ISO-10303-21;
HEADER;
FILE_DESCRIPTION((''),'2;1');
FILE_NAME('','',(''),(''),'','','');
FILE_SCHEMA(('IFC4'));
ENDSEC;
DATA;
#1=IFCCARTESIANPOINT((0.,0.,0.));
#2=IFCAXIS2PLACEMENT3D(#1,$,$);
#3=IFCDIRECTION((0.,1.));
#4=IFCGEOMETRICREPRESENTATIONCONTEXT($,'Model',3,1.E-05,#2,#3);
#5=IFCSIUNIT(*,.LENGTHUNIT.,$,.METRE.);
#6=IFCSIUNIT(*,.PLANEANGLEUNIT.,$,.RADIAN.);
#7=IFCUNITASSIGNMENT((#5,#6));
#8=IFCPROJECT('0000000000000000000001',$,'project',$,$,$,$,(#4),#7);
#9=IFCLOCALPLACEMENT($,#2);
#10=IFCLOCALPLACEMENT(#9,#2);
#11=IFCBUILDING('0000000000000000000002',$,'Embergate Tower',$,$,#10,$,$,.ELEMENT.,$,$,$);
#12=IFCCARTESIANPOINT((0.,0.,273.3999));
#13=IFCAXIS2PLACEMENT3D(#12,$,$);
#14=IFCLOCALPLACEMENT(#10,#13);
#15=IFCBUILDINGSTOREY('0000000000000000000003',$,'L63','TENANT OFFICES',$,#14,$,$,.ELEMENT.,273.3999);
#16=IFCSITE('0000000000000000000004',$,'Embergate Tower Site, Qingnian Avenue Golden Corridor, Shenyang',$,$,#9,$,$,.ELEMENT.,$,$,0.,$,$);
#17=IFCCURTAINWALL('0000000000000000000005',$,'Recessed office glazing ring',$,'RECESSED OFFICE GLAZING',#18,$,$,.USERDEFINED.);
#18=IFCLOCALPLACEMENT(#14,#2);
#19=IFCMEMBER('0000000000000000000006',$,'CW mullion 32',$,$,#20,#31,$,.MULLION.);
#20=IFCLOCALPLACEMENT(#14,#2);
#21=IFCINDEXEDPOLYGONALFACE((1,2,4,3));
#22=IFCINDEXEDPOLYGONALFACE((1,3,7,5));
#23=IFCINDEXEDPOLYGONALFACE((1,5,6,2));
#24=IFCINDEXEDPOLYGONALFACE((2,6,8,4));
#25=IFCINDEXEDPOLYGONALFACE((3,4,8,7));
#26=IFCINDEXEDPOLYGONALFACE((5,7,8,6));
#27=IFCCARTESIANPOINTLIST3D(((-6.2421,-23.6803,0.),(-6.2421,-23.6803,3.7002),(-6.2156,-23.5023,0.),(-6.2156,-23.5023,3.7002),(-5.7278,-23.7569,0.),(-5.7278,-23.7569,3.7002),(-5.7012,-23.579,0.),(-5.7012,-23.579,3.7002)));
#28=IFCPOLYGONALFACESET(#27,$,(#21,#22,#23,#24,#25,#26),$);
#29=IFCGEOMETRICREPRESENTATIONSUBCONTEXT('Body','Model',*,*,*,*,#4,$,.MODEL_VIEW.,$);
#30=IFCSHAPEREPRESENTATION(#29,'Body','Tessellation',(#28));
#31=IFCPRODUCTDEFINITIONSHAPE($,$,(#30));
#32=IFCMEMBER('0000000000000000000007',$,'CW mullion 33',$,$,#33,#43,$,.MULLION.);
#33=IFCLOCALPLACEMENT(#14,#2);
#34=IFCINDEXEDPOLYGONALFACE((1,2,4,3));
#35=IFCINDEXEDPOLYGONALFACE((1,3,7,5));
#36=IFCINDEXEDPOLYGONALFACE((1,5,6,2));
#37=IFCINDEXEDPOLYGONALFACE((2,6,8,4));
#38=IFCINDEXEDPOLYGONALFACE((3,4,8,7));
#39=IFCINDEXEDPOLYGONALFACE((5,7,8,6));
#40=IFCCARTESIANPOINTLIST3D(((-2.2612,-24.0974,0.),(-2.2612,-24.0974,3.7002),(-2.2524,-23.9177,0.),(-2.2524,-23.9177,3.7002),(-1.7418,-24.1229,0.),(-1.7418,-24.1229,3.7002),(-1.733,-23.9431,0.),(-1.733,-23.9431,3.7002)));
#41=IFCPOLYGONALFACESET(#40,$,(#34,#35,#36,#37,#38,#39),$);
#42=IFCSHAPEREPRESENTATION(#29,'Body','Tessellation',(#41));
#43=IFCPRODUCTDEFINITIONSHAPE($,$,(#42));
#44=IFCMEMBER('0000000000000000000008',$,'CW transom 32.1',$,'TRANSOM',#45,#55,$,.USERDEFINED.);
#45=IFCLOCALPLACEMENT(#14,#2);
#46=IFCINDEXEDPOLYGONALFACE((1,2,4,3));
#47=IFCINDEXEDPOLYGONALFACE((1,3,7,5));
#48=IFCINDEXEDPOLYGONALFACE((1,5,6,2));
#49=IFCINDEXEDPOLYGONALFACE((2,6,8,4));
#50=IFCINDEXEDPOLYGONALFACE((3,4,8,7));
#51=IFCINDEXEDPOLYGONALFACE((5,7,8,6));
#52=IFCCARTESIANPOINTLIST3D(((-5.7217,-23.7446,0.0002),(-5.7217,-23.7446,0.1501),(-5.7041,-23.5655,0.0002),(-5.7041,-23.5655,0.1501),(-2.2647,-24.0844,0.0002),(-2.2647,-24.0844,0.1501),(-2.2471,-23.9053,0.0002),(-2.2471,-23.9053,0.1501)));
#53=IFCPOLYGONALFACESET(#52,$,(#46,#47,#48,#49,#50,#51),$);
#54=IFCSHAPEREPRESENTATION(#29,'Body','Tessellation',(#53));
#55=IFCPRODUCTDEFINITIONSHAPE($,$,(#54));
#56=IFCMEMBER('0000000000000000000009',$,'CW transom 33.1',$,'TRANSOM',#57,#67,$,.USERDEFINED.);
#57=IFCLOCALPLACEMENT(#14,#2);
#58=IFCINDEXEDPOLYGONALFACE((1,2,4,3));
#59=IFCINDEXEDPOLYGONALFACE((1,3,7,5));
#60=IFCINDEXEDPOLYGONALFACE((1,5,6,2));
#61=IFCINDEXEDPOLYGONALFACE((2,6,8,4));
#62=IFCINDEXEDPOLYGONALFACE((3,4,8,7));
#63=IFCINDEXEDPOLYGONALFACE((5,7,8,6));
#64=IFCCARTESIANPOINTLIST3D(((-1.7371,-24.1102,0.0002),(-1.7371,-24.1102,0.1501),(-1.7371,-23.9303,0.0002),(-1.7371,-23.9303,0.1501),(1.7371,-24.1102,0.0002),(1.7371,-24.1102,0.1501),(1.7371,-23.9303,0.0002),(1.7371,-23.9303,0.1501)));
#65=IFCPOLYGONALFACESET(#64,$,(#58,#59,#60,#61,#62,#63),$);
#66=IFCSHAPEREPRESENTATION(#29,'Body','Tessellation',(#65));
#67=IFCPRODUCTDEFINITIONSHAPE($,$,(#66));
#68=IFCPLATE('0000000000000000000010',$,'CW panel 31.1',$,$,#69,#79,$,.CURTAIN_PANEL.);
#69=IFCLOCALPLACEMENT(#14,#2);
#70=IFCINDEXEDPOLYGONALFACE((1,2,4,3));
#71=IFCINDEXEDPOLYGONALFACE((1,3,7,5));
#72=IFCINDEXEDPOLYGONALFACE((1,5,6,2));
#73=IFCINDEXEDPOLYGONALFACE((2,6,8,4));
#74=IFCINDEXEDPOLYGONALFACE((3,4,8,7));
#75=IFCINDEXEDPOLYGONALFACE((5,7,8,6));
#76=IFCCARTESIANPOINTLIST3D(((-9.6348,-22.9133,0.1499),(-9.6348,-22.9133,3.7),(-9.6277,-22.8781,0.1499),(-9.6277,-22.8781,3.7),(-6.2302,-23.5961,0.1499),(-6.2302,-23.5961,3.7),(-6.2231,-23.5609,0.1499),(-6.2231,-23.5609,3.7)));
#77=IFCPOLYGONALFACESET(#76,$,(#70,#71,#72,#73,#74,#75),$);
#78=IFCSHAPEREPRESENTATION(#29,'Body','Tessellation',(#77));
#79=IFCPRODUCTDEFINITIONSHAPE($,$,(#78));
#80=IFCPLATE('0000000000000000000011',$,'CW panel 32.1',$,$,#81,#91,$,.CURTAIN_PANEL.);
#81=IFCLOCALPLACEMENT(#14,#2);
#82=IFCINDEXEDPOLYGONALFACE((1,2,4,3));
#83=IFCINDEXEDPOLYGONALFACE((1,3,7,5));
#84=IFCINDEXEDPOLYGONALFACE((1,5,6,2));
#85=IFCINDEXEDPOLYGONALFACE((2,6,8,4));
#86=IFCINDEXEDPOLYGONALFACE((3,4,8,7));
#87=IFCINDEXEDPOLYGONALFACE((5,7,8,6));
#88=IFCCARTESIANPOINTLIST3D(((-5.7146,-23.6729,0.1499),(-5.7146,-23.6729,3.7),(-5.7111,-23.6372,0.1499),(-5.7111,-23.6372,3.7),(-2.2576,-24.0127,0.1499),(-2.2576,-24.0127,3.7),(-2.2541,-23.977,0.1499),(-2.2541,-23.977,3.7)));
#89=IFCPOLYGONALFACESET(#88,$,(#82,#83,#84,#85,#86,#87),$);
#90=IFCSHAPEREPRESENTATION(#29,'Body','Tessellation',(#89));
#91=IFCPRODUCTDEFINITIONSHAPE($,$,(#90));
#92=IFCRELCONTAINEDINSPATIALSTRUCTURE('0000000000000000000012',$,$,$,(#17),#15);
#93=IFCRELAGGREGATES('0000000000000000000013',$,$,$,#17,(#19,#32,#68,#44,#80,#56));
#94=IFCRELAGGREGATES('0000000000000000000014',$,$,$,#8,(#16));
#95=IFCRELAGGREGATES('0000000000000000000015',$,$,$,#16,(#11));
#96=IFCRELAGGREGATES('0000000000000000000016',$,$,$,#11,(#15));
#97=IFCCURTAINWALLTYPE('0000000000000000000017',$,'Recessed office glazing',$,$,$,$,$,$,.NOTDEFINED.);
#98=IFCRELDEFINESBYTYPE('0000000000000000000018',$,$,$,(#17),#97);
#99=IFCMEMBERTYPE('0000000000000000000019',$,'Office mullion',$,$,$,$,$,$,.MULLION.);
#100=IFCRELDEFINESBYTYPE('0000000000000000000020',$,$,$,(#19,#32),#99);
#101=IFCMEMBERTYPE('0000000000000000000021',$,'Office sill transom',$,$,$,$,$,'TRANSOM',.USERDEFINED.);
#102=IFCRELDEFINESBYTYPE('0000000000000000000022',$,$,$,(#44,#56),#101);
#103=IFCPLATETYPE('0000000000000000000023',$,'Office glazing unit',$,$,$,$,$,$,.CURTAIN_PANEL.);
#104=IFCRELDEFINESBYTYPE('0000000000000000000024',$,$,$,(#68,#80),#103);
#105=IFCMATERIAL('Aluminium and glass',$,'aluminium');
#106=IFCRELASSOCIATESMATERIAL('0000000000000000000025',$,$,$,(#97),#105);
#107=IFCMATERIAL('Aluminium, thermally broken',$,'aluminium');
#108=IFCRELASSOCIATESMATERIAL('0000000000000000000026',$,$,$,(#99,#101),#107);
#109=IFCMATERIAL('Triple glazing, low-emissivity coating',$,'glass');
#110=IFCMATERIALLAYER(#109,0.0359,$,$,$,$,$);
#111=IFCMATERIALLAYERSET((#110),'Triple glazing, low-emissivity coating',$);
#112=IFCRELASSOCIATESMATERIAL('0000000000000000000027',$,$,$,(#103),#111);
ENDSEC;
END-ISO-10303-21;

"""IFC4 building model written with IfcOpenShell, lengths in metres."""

from ifc_helpers import new_model, si_unit, direction, frame, origin, origin_2d, place, context, subcontext, project, spatial, rectangle, extrude, source, transform, mapped, material, layer, layer_set, material_profile, profile_set, type_object, element, aggregate, save


model = new_model("IFC4")

# Units and contexts
model_context = context("Model", 3, precision=1e-05, world=origin(), true_north=direction((0.0, 1.0)))
body_context = subcontext(model_context, "Body", "Model", "MODEL_VIEW")
ifc_project = project(units=[si_unit("LENGTHUNIT", "METRE"), si_unit("PLANEANGLEUNIT", "RADIAN")], contexts=[model_context])

# Site, building, storey
site_placement = place(None, origin())
site = spatial("IfcSite", under=ifc_project, at=site_placement, Name="Embergate Tower Site, Qingnian Avenue Golden Corridor, Shenyang", CompositionType="ELEMENT", RefElevation=0.0)
building_placement = place(site_placement, origin())
building = spatial("IfcBuilding", under=site, at=building_placement, Name="Embergate Tower", CompositionType="ELEMENT")
storey_placement = place(building_placement, frame((0.0, 0.0, 273.3999)))
storey = spatial("IfcBuildingStorey", under=building, at=storey_placement, Name="L63", Description="TENANT OFFICES", CompositionType="ELEMENT", Elevation=273.3999)

# Curtain wall, members, plates
ifc_material_1 = material(Name="Aluminium and glass", Category="aluminium")
curtain_wall_type = type_object("IfcCurtainWallType", Name="Recessed office glazing", PredefinedType="NOTDEFINED", material=ifc_material_1)
curtain_wall_placement = place(storey_placement, origin())
curtain_wall = element("IfcCurtainWall", 1, at=curtain_wall_placement, inside=storey, type_object=curtain_wall_type, Name="Recessed office glazing ring", ObjectType="RECESSED OFFICE GLAZING", PredefinedType="USERDEFINED")
ifc_material_2 = material(Name="Aluminium, thermally broken", Category="aluminium")
ifc_material_profile_1 = material_profile(ifc_material_2, rectangle(XDim=0.1799, YDim=0.52, at=origin_2d()), Name="AL 520x180")
ifc_profile_set_1 = profile_set([ifc_material_profile_1], Name="Aluminium, thermally broken")
member_type_1 = type_object("IfcMemberType", Name="Office mullion", PredefinedType="MULLION", material=ifc_profile_set_1)
shared_shape_1 = source(origin(), body_context, "Body", "SweptSolid", [
    extrude(rectangle(XDim=0.1799, YDim=0.52, at=origin_2d()), origin(), (0.0, 0.0, 1.0), 3.7002),
])
member_1_placement = place(storey_placement, frame((-5.9717, -23.6296, 0.0), z_axis=(0.0, 0.0, 1.0), x_axis=(0.147409, 0.989076, 0.0)))
member_1 = element("IfcMember", 2, at=member_1_placement, type_object=member_type_1, Name="CW mullion 32", PredefinedType="MULLION", context=body_context, shape_type="MappedRepresentation", body=[
    mapped(shared_shape_1, transform((0.0, 0.0, 0.0))),
])
member_2_placement = place(storey_placement, frame((-1.9971, -24.0203, 0.0), z_axis=(0.0, 0.0, 1.0), x_axis=(0.04897, 0.9988, 0.0)))
member_2 = element("IfcMember", 3, at=member_2_placement, type_object=member_type_1, Name="CW mullion 33", PredefinedType="MULLION", context=body_context, shape_type="MappedRepresentation", body=[
    mapped(shared_shape_1, transform((0.0, 0.0, 0.0))),
])
ifc_material_profile_2 = material_profile(ifc_material_2, rectangle(XDim=0.1799, YDim=0.1499, at=origin_2d()), Name="AL 150x180")
ifc_profile_set_2 = profile_set([ifc_material_profile_2], Name="Aluminium, thermally broken")
member_type_2 = type_object("IfcMemberType", Name="Office sill transom", ElementType="TRANSOM", PredefinedType="USERDEFINED", material=ifc_profile_set_2)
shared_shape_2 = source(origin(), body_context, "Body", "SweptSolid", [
    extrude(rectangle(XDim=0.1799, YDim=0.1499, at=origin_2d()), origin(), (0.0, 0.0, 1.0), 3.4736),
])
member_3_placement = place(storey_placement, frame((-5.7129, -23.655, 0.0752), z_axis=(0.995203, -0.097833, 0.0), x_axis=(0.097833, 0.995203, 0.0)))
member_3 = element("IfcMember", 4, at=member_3_placement, type_object=member_type_2, Name="CW transom 32.1", ObjectType="TRANSOM", PredefinedType="USERDEFINED", context=body_context, shape_type="MappedRepresentation", body=[
    mapped(shared_shape_2, transform((0.0, 0.0, 0.0))),
])
shared_shape_3 = source(origin(), body_context, "Body", "SweptSolid", [
    extrude(rectangle(XDim=0.1799, YDim=0.1499, at=origin_2d()), origin(), (0.0, 0.0, 1.0), 3.4741),
])
member_4_placement = place(storey_placement, frame((-1.7371, -24.0203, 0.0752), z_axis=(1.0, 0.0, 0.0), x_axis=(0.0, 1.0, 0.0)))
member_4 = element("IfcMember", 5, at=member_4_placement, type_object=member_type_2, Name="CW transom 33.1", ObjectType="TRANSOM", PredefinedType="USERDEFINED", context=body_context, shape_type="MappedRepresentation", body=[
    mapped(shared_shape_3, transform((0.0, 0.0, 0.0))),
])
ifc_material_3 = material(Name="Triple glazing, low-emissivity coating", Category="glass")
ifc_layer = layer(ifc_material_3, 0.0359)
ifc_layer_set = layer_set([ifc_layer], Name="Triple glazing, low-emissivity coating")
plate_type = type_object("IfcPlateType", Name="Office glazing unit", PredefinedType="CURTAIN_PANEL", material=ifc_layer_set)
shared_shape_4 = source(origin(), body_context, "Body", "SweptSolid", [
    extrude(rectangle(XDim=3.4724, YDim=0.0359, at=origin_2d()), origin(), (0.0, 0.0, 1.0), 3.55),
])
plate_1_placement = place(storey_placement, frame((-7.929, -23.2371, 0.1499), z_axis=(0.0, 0.0, 1.0), x_axis=(0.980476, -0.196638, 0.0)))
plate_1 = element("IfcPlate", 6, at=plate_1_placement, type_object=plate_type, Name="CW panel 31.1", PredefinedType="CURTAIN_PANEL", context=body_context, shape_type="MappedRepresentation", body=[
    mapped(shared_shape_4, transform((0.0, 0.0, 0.0))),
])
shared_shape_5 = source(origin(), body_context, "Body", "SweptSolid", [
    extrude(rectangle(XDim=3.4736, YDim=0.0359, at=origin_2d()), origin(), (0.0, 0.0, 1.0), 3.55),
])
plate_2_placement = place(storey_placement, frame((-3.9844, -23.825, 0.1499), z_axis=(0.0, 0.0, 1.0), x_axis=(0.995203, -0.097828, 0.0)))
plate_2 = element("IfcPlate", 7, at=plate_2_placement, type_object=plate_type, Name="CW panel 32.1", PredefinedType="CURTAIN_PANEL", context=body_context, shape_type="MappedRepresentation", body=[
    mapped(shared_shape_5, transform((0.0, 0.0, 0.0))),
])
aggregate(curtain_wall, [member_1, member_2, plate_1, member_3, plate_2, member_4])

save(model, "model.ifc")
